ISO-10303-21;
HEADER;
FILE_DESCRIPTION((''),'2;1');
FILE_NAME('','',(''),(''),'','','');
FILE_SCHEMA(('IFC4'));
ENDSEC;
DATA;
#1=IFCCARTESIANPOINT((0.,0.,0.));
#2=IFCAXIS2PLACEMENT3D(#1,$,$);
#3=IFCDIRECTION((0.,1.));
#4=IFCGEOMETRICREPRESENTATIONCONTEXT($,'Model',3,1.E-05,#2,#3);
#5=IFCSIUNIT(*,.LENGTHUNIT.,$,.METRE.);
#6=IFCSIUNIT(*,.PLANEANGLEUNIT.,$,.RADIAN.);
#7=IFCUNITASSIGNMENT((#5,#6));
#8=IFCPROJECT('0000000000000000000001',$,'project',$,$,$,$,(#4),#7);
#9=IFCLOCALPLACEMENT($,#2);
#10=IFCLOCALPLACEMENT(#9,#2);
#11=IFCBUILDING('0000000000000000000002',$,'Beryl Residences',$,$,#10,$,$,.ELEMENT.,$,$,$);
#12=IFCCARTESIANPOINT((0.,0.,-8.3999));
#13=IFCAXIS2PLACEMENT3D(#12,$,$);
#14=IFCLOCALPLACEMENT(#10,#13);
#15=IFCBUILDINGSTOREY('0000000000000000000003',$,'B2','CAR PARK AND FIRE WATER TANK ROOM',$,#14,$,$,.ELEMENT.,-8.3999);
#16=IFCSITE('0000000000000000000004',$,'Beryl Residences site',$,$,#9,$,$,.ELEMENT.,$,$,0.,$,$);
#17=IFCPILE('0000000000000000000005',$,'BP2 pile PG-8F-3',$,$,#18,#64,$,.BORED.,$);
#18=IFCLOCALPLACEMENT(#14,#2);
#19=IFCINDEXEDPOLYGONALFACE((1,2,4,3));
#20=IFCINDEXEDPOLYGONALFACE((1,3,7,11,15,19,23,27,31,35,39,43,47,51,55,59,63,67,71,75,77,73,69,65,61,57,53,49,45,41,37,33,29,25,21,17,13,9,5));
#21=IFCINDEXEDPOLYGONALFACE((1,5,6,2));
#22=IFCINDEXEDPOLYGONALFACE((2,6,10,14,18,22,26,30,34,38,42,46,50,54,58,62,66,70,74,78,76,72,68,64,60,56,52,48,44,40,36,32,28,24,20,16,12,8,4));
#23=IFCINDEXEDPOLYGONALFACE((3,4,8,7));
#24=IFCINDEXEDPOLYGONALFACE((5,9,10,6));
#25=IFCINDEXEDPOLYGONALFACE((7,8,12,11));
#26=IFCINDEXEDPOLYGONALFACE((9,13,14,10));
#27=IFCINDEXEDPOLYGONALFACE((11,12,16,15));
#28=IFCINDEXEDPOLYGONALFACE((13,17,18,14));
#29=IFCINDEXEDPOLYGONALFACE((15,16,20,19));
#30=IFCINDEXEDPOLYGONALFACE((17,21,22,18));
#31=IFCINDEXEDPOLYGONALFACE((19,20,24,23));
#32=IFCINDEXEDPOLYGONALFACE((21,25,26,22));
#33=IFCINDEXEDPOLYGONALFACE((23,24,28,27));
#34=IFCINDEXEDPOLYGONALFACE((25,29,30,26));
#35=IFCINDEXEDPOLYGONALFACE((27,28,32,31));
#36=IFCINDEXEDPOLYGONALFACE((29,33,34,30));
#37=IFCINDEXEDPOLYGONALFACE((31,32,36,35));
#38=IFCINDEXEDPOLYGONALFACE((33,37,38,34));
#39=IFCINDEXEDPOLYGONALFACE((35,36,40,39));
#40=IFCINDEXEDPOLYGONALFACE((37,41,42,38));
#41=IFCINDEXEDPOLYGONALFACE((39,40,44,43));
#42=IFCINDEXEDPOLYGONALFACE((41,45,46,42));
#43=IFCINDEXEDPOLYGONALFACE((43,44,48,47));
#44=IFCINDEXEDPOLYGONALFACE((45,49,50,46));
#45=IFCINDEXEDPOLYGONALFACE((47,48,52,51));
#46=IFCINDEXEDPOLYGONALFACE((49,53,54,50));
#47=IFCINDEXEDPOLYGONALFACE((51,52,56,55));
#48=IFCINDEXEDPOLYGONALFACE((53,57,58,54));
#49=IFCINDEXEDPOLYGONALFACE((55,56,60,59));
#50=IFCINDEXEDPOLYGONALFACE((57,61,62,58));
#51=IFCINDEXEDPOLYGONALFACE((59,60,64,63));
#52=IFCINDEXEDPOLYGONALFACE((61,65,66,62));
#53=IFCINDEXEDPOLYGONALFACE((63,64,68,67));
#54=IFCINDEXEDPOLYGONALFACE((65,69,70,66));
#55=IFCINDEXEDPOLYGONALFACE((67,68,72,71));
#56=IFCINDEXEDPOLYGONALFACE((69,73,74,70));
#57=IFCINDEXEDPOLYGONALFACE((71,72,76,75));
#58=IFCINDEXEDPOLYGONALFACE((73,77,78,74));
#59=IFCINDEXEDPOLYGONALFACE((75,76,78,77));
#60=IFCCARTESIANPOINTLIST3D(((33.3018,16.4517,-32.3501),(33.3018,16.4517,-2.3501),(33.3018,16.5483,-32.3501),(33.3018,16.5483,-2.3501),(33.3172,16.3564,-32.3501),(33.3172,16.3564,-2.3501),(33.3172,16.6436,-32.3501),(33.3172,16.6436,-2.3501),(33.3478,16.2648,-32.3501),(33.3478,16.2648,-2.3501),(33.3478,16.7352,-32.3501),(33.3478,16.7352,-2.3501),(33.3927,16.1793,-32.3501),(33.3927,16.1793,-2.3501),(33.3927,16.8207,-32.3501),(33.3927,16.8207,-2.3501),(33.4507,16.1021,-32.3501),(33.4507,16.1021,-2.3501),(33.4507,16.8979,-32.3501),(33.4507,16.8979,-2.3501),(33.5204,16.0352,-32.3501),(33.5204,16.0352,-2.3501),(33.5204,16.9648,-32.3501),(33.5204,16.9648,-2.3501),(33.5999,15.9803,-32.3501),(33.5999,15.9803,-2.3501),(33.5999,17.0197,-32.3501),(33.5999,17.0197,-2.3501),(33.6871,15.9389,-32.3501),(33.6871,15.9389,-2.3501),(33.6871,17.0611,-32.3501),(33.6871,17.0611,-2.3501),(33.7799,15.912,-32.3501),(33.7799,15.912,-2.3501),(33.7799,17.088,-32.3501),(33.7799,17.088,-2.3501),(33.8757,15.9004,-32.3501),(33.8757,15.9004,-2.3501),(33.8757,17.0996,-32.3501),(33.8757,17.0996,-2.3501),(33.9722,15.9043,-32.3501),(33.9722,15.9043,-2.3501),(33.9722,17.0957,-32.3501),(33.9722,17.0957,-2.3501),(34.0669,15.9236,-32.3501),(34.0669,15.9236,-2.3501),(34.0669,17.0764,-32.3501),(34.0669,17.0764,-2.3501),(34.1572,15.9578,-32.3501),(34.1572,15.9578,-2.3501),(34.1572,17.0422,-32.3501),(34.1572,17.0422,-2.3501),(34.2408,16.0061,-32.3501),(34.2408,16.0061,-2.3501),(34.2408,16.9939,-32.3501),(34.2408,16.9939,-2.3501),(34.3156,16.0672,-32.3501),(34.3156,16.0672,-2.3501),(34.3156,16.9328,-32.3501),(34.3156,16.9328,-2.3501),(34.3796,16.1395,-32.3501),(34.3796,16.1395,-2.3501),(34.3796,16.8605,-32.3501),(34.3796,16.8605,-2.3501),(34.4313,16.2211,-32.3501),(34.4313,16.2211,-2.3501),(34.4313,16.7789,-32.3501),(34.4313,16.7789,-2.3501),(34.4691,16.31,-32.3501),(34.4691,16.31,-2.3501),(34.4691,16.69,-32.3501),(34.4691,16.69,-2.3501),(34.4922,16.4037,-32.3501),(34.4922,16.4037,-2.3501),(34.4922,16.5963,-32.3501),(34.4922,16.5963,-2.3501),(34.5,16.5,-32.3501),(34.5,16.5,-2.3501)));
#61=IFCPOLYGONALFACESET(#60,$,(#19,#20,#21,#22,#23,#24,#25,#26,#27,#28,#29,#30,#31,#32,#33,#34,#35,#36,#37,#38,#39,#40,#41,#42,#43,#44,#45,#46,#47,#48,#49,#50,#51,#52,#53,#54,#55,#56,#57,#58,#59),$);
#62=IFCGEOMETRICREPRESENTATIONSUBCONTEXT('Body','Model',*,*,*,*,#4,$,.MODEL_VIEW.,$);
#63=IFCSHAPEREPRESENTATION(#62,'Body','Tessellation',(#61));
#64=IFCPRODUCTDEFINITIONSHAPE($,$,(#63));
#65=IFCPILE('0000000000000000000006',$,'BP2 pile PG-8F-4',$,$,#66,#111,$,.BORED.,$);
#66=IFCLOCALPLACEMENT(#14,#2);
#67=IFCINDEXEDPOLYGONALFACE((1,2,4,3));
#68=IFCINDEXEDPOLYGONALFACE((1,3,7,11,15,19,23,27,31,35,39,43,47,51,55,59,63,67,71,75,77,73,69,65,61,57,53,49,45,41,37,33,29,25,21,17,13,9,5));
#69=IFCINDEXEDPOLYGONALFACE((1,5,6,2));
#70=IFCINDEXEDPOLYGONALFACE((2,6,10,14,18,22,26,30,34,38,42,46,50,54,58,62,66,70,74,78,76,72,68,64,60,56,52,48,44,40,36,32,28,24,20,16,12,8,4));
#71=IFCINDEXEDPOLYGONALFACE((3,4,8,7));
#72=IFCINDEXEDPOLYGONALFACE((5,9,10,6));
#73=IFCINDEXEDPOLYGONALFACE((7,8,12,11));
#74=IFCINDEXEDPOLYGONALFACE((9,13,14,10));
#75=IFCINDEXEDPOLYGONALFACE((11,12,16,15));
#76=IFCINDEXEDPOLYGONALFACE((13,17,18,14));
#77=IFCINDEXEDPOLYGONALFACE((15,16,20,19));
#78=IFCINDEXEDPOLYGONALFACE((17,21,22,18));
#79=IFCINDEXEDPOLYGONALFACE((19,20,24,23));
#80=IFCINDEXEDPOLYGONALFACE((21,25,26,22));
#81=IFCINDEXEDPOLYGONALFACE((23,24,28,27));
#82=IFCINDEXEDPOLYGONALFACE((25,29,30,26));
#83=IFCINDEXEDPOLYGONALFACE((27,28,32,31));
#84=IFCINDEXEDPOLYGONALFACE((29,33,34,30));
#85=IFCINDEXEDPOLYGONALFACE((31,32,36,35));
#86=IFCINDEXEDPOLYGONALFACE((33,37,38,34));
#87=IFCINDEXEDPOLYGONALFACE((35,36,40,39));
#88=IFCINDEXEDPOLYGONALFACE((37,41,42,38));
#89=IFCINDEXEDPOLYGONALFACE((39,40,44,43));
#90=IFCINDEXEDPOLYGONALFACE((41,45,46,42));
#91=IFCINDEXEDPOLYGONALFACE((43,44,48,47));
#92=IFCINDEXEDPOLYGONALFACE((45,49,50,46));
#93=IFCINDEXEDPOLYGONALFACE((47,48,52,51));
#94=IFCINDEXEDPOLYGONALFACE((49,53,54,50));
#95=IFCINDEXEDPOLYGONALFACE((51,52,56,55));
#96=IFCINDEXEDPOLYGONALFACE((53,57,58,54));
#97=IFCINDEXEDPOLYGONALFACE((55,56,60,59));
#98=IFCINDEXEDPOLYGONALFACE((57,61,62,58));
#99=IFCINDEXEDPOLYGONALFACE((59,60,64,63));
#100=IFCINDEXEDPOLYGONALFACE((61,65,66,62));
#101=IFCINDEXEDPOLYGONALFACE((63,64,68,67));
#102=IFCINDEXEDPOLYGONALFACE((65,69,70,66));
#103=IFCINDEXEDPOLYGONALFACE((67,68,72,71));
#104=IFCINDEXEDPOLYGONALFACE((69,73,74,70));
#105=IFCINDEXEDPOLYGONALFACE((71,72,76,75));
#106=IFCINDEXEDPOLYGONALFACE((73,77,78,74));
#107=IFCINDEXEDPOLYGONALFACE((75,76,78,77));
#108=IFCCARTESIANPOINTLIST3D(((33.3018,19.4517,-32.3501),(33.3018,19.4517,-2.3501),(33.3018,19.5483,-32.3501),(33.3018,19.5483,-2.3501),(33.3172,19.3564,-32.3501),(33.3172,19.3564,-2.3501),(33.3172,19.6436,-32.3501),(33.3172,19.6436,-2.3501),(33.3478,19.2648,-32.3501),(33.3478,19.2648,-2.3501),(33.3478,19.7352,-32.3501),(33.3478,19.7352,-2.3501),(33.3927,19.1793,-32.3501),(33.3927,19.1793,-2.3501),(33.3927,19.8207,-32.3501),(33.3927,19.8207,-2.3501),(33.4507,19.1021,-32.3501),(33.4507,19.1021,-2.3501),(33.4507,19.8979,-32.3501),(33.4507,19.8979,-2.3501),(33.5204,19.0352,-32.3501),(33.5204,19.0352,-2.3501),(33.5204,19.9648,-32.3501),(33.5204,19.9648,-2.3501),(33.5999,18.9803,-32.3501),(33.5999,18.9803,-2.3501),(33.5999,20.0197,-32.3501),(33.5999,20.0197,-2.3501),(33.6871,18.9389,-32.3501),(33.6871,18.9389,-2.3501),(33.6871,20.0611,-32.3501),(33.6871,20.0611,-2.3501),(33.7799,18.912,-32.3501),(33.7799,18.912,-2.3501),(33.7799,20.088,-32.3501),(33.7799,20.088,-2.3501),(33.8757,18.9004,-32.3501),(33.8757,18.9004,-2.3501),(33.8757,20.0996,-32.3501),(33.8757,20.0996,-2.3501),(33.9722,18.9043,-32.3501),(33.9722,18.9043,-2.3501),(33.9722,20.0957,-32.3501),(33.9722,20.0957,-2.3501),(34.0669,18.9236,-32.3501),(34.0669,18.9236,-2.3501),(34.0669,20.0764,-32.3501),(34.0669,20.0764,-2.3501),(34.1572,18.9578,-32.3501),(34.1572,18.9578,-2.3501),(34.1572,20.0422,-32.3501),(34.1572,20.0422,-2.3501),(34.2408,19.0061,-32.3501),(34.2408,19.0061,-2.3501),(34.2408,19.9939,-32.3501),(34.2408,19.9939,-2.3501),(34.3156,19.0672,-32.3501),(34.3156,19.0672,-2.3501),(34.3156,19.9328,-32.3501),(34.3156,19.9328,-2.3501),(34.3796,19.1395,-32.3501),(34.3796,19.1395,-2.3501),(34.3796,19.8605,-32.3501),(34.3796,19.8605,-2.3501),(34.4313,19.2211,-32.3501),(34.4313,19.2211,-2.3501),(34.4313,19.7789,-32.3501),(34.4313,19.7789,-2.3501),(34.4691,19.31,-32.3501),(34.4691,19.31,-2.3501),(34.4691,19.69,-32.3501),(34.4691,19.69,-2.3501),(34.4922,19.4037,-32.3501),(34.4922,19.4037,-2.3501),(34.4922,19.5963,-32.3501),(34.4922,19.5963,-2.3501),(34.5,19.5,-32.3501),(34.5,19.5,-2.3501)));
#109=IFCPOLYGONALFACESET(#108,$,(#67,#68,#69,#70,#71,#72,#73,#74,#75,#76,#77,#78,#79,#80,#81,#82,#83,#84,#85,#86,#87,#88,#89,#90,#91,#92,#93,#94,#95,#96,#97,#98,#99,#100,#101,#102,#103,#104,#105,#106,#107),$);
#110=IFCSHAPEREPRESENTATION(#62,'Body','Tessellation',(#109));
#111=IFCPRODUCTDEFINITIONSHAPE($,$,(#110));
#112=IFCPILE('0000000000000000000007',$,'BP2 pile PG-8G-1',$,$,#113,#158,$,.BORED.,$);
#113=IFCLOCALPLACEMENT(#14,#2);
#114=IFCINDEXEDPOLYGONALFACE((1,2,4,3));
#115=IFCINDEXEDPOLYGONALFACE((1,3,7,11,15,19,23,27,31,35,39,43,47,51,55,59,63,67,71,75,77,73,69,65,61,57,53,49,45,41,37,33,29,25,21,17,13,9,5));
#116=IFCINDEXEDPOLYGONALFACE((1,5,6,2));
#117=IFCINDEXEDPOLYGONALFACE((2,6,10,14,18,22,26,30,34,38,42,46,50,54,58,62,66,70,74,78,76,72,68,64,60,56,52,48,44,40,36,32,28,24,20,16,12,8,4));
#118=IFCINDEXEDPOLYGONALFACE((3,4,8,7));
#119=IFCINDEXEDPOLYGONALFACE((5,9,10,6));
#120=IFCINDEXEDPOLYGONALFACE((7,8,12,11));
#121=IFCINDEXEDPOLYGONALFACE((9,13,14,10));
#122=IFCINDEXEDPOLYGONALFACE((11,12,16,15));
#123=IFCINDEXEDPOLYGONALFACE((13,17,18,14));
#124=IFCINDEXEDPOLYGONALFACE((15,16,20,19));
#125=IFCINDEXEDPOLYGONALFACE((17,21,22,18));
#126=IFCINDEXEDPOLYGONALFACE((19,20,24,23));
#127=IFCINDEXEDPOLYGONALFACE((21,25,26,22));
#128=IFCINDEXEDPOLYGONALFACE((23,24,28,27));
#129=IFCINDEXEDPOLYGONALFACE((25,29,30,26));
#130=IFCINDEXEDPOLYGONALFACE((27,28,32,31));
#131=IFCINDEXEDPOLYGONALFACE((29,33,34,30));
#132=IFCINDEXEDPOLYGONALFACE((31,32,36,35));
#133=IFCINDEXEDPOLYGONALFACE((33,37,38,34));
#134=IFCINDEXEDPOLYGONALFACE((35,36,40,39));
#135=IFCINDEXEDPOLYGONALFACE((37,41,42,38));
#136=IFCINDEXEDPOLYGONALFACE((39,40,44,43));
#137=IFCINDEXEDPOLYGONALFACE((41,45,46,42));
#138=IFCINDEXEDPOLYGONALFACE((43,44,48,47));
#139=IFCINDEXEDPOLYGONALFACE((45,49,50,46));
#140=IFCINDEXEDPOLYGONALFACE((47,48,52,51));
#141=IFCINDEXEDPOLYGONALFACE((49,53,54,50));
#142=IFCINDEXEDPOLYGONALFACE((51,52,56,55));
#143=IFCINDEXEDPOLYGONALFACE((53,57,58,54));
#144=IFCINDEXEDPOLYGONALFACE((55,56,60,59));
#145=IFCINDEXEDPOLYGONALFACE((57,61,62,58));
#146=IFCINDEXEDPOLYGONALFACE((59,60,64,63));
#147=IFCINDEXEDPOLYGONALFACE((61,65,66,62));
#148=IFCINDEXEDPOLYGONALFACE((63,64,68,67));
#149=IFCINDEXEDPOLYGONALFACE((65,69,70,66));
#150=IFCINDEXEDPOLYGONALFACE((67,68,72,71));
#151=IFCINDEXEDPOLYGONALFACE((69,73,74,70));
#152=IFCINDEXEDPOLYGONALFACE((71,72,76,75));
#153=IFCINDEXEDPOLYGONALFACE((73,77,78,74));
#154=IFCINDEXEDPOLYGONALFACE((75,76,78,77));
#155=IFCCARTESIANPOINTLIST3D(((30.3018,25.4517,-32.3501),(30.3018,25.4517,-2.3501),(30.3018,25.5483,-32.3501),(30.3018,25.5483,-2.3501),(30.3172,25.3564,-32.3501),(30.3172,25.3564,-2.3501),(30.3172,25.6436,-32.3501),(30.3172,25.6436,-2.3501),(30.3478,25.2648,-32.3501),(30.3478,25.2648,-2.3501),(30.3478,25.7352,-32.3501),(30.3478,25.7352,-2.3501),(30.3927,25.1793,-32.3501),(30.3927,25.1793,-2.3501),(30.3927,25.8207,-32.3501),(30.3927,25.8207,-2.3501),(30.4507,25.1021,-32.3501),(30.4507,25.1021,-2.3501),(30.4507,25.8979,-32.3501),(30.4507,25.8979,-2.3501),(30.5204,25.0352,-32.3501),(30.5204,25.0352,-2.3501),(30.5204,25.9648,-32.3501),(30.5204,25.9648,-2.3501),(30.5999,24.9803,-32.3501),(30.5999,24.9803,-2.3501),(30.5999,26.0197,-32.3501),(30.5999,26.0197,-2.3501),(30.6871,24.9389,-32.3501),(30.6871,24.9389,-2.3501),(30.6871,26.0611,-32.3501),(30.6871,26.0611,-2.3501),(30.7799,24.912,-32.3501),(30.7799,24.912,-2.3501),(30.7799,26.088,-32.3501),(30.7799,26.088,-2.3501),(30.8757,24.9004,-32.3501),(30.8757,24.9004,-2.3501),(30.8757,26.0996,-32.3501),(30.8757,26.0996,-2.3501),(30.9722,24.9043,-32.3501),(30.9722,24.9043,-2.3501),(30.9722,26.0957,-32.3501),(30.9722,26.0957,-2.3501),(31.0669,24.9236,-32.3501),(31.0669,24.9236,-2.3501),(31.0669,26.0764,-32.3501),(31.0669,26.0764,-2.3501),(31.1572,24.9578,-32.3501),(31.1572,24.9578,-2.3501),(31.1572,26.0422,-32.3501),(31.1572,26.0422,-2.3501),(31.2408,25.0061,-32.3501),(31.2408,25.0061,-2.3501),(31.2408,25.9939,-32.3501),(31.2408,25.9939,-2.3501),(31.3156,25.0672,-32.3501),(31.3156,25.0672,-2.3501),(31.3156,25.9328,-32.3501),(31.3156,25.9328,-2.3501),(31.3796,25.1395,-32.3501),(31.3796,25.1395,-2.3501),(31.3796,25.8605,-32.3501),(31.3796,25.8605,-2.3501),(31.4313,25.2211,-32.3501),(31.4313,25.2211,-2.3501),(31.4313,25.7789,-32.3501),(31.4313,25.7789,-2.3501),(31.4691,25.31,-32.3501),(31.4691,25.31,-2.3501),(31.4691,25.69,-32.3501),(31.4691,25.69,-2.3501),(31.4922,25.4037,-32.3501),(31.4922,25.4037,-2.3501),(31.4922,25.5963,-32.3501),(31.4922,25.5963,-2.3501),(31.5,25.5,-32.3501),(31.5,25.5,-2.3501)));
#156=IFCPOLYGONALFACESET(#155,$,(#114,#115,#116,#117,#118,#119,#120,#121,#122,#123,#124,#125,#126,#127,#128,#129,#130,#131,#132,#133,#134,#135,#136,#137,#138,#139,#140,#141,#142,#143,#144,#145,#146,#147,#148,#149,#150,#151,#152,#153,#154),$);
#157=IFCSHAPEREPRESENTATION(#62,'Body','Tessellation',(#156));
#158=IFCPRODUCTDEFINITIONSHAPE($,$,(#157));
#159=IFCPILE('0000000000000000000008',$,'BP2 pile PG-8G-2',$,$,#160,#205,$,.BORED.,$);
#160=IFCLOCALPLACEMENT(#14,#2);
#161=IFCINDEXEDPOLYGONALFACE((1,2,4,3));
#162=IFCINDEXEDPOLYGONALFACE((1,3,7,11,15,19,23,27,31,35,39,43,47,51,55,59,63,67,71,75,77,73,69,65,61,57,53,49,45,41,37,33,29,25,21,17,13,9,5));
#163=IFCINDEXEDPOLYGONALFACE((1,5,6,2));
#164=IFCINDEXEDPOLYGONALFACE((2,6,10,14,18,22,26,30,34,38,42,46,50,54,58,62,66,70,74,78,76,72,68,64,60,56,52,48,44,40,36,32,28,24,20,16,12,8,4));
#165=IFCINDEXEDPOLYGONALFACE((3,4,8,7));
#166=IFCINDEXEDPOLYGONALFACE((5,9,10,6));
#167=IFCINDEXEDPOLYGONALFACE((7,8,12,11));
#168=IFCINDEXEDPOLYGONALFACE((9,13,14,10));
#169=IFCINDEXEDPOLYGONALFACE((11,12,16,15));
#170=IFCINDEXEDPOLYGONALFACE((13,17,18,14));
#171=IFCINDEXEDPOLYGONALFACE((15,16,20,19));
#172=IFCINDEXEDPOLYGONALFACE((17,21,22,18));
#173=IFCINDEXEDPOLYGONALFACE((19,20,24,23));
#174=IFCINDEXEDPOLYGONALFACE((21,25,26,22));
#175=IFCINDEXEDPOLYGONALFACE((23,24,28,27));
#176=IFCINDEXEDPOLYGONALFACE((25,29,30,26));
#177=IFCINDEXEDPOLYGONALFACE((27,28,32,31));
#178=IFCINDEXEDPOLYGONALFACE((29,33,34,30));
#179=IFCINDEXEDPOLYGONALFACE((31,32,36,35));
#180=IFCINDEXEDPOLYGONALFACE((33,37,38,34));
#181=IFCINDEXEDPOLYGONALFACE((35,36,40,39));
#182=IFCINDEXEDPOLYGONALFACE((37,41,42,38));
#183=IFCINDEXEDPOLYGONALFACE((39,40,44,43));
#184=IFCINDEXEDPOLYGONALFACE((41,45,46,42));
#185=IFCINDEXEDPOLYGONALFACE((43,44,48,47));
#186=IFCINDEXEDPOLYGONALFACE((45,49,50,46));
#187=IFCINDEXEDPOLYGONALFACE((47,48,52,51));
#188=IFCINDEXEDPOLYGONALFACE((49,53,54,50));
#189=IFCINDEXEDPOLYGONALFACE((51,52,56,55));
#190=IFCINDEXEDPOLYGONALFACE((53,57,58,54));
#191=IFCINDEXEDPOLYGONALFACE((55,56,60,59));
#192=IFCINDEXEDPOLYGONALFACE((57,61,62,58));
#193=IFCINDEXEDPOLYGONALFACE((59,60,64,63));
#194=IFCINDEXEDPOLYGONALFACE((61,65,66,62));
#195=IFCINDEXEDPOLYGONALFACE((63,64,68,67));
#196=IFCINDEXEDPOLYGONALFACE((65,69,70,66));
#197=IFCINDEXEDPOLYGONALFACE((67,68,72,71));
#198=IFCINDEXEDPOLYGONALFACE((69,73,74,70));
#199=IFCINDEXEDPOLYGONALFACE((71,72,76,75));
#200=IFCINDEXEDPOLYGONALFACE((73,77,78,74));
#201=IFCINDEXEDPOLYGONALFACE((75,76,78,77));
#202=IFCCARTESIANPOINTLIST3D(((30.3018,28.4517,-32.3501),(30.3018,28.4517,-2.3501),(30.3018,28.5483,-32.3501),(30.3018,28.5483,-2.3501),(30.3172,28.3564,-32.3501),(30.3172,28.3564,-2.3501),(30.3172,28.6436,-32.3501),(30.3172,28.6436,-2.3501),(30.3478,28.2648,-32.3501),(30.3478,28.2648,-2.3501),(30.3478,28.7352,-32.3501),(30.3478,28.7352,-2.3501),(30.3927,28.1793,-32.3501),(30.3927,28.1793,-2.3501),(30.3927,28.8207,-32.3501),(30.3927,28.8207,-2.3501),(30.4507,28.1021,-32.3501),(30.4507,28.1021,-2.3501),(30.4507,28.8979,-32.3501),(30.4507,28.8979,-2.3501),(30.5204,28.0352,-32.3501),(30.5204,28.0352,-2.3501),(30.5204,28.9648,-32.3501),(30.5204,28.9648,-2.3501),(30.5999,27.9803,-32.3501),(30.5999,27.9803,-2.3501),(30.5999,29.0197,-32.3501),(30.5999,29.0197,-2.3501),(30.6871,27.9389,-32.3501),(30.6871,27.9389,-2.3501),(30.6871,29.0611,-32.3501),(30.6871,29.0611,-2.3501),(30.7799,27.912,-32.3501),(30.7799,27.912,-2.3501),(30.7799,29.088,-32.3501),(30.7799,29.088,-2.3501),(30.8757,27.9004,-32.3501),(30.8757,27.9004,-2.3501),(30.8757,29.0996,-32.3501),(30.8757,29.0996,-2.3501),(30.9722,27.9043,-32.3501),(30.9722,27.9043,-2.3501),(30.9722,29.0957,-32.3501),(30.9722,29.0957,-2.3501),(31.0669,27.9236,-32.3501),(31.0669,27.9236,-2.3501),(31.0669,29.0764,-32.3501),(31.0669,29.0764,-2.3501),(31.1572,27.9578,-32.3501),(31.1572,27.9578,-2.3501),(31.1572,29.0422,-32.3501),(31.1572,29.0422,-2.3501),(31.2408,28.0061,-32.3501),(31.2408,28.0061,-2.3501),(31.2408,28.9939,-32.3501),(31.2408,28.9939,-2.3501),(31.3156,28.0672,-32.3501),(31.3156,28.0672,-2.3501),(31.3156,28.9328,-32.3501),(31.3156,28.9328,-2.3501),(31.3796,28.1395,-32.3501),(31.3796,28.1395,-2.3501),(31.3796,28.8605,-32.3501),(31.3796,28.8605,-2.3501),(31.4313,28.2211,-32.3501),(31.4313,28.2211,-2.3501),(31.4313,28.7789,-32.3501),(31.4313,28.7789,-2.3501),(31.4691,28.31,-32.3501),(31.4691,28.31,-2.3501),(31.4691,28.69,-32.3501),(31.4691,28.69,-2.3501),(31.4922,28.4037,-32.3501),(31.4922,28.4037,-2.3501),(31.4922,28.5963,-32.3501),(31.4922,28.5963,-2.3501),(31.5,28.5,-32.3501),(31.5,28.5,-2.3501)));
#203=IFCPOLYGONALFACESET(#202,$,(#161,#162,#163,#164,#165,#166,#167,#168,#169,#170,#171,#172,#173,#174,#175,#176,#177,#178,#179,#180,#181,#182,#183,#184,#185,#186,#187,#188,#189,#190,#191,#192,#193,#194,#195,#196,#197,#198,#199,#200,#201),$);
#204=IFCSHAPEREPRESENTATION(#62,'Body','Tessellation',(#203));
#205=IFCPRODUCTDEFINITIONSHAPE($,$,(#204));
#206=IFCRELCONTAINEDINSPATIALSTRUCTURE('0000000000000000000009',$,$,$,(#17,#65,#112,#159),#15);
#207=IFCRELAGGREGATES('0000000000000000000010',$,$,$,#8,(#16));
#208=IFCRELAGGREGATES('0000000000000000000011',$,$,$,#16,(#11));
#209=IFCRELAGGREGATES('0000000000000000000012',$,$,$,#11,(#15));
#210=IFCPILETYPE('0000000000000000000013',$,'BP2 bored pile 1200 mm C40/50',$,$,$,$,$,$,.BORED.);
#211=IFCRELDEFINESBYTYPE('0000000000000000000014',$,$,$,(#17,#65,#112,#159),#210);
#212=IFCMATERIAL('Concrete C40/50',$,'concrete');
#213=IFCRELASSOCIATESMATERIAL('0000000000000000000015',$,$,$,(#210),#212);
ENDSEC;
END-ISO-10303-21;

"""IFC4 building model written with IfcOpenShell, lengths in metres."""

from ifc_helpers import new_model, si_unit, direction, frame, origin, origin_2d, place, context, subcontext, project, spatial, circle, extrude, material, material_profile, profile_set, type_object, element, save


model = new_model("IFC4")

# Units and contexts
model_context = context("Model", 3, precision=1e-05, world=origin(), true_north=direction((0.0, 1.0)))
body_context = subcontext(model_context, "Body", "Model", "MODEL_VIEW")
ifc_project = project(units=[si_unit("LENGTHUNIT", "METRE"), si_unit("PLANEANGLEUNIT", "RADIAN")], contexts=[model_context])

# Site, building, storey
site_placement = place(None, origin())
site = spatial("IfcSite", under=ifc_project, at=site_placement, Name="Beryl Residences site", CompositionType="ELEMENT", RefElevation=0.0)
building_placement = place(site_placement, origin())
building = spatial("IfcBuilding", under=site, at=building_placement, Name="Beryl Residences", CompositionType="ELEMENT")
storey_placement = place(building_placement, frame((0.0, 0.0, -8.3999)))
storey = spatial("IfcBuildingStorey", under=building, at=storey_placement, Name="B2", Description="CAR PARK AND FIRE WATER TANK ROOM", CompositionType="ELEMENT", Elevation=-8.3999)

# Piles
ifc_material_1 = material(Name="Concrete C40/50", Category="concrete")
ifc_material_profile_1 = material_profile(ifc_material_1, circle(Radius=0.6001, at=origin_2d()))
ifc_profile_set_1 = profile_set([ifc_material_profile_1], Name="Concrete C40/50")
pile_type_1 = type_object("IfcPileType", Name="BP2 bored pile 1200 mm C40/50", PredefinedType="BORED", material=ifc_profile_set_1)
for number, where, z_axis, x_axis, name in (
    (1, (33.8999, 16.5, -2.3501), (0.0, 0.0, -1.0), (1.0, 0.0, 0.0), "BP2 pile PG-8F-3"),
    (2, (33.8999, 19.5, -2.3501), (0.0, 0.0, -1.0), (1.0, 0.0, 0.0), "BP2 pile PG-8F-4"),
    (3, (30.8999, 25.5, -2.3501), (0.0, 0.0, -1.0), (1.0, 0.0, 0.0), "BP2 pile PG-8G-1"),
    (4, (30.8999, 28.5, -2.3501), (0.0, 0.0, -1.0), (1.0, 0.0, 0.0), "BP2 pile PG-8G-2"),
):
    element("IfcPile", number, at=place(storey_placement, frame(where, z_axis=z_axis, x_axis=x_axis)), inside=storey, type_object=pile_type_1, Name=name, PredefinedType="BORED", context=body_context, shape_type="SweptSolid", body=[
        extrude(circle(Radius=0.6001, at=origin_2d()), origin(), (0.0, 0.0, 1.0), 30.0),
    ])

save(model, "model.ifc")
